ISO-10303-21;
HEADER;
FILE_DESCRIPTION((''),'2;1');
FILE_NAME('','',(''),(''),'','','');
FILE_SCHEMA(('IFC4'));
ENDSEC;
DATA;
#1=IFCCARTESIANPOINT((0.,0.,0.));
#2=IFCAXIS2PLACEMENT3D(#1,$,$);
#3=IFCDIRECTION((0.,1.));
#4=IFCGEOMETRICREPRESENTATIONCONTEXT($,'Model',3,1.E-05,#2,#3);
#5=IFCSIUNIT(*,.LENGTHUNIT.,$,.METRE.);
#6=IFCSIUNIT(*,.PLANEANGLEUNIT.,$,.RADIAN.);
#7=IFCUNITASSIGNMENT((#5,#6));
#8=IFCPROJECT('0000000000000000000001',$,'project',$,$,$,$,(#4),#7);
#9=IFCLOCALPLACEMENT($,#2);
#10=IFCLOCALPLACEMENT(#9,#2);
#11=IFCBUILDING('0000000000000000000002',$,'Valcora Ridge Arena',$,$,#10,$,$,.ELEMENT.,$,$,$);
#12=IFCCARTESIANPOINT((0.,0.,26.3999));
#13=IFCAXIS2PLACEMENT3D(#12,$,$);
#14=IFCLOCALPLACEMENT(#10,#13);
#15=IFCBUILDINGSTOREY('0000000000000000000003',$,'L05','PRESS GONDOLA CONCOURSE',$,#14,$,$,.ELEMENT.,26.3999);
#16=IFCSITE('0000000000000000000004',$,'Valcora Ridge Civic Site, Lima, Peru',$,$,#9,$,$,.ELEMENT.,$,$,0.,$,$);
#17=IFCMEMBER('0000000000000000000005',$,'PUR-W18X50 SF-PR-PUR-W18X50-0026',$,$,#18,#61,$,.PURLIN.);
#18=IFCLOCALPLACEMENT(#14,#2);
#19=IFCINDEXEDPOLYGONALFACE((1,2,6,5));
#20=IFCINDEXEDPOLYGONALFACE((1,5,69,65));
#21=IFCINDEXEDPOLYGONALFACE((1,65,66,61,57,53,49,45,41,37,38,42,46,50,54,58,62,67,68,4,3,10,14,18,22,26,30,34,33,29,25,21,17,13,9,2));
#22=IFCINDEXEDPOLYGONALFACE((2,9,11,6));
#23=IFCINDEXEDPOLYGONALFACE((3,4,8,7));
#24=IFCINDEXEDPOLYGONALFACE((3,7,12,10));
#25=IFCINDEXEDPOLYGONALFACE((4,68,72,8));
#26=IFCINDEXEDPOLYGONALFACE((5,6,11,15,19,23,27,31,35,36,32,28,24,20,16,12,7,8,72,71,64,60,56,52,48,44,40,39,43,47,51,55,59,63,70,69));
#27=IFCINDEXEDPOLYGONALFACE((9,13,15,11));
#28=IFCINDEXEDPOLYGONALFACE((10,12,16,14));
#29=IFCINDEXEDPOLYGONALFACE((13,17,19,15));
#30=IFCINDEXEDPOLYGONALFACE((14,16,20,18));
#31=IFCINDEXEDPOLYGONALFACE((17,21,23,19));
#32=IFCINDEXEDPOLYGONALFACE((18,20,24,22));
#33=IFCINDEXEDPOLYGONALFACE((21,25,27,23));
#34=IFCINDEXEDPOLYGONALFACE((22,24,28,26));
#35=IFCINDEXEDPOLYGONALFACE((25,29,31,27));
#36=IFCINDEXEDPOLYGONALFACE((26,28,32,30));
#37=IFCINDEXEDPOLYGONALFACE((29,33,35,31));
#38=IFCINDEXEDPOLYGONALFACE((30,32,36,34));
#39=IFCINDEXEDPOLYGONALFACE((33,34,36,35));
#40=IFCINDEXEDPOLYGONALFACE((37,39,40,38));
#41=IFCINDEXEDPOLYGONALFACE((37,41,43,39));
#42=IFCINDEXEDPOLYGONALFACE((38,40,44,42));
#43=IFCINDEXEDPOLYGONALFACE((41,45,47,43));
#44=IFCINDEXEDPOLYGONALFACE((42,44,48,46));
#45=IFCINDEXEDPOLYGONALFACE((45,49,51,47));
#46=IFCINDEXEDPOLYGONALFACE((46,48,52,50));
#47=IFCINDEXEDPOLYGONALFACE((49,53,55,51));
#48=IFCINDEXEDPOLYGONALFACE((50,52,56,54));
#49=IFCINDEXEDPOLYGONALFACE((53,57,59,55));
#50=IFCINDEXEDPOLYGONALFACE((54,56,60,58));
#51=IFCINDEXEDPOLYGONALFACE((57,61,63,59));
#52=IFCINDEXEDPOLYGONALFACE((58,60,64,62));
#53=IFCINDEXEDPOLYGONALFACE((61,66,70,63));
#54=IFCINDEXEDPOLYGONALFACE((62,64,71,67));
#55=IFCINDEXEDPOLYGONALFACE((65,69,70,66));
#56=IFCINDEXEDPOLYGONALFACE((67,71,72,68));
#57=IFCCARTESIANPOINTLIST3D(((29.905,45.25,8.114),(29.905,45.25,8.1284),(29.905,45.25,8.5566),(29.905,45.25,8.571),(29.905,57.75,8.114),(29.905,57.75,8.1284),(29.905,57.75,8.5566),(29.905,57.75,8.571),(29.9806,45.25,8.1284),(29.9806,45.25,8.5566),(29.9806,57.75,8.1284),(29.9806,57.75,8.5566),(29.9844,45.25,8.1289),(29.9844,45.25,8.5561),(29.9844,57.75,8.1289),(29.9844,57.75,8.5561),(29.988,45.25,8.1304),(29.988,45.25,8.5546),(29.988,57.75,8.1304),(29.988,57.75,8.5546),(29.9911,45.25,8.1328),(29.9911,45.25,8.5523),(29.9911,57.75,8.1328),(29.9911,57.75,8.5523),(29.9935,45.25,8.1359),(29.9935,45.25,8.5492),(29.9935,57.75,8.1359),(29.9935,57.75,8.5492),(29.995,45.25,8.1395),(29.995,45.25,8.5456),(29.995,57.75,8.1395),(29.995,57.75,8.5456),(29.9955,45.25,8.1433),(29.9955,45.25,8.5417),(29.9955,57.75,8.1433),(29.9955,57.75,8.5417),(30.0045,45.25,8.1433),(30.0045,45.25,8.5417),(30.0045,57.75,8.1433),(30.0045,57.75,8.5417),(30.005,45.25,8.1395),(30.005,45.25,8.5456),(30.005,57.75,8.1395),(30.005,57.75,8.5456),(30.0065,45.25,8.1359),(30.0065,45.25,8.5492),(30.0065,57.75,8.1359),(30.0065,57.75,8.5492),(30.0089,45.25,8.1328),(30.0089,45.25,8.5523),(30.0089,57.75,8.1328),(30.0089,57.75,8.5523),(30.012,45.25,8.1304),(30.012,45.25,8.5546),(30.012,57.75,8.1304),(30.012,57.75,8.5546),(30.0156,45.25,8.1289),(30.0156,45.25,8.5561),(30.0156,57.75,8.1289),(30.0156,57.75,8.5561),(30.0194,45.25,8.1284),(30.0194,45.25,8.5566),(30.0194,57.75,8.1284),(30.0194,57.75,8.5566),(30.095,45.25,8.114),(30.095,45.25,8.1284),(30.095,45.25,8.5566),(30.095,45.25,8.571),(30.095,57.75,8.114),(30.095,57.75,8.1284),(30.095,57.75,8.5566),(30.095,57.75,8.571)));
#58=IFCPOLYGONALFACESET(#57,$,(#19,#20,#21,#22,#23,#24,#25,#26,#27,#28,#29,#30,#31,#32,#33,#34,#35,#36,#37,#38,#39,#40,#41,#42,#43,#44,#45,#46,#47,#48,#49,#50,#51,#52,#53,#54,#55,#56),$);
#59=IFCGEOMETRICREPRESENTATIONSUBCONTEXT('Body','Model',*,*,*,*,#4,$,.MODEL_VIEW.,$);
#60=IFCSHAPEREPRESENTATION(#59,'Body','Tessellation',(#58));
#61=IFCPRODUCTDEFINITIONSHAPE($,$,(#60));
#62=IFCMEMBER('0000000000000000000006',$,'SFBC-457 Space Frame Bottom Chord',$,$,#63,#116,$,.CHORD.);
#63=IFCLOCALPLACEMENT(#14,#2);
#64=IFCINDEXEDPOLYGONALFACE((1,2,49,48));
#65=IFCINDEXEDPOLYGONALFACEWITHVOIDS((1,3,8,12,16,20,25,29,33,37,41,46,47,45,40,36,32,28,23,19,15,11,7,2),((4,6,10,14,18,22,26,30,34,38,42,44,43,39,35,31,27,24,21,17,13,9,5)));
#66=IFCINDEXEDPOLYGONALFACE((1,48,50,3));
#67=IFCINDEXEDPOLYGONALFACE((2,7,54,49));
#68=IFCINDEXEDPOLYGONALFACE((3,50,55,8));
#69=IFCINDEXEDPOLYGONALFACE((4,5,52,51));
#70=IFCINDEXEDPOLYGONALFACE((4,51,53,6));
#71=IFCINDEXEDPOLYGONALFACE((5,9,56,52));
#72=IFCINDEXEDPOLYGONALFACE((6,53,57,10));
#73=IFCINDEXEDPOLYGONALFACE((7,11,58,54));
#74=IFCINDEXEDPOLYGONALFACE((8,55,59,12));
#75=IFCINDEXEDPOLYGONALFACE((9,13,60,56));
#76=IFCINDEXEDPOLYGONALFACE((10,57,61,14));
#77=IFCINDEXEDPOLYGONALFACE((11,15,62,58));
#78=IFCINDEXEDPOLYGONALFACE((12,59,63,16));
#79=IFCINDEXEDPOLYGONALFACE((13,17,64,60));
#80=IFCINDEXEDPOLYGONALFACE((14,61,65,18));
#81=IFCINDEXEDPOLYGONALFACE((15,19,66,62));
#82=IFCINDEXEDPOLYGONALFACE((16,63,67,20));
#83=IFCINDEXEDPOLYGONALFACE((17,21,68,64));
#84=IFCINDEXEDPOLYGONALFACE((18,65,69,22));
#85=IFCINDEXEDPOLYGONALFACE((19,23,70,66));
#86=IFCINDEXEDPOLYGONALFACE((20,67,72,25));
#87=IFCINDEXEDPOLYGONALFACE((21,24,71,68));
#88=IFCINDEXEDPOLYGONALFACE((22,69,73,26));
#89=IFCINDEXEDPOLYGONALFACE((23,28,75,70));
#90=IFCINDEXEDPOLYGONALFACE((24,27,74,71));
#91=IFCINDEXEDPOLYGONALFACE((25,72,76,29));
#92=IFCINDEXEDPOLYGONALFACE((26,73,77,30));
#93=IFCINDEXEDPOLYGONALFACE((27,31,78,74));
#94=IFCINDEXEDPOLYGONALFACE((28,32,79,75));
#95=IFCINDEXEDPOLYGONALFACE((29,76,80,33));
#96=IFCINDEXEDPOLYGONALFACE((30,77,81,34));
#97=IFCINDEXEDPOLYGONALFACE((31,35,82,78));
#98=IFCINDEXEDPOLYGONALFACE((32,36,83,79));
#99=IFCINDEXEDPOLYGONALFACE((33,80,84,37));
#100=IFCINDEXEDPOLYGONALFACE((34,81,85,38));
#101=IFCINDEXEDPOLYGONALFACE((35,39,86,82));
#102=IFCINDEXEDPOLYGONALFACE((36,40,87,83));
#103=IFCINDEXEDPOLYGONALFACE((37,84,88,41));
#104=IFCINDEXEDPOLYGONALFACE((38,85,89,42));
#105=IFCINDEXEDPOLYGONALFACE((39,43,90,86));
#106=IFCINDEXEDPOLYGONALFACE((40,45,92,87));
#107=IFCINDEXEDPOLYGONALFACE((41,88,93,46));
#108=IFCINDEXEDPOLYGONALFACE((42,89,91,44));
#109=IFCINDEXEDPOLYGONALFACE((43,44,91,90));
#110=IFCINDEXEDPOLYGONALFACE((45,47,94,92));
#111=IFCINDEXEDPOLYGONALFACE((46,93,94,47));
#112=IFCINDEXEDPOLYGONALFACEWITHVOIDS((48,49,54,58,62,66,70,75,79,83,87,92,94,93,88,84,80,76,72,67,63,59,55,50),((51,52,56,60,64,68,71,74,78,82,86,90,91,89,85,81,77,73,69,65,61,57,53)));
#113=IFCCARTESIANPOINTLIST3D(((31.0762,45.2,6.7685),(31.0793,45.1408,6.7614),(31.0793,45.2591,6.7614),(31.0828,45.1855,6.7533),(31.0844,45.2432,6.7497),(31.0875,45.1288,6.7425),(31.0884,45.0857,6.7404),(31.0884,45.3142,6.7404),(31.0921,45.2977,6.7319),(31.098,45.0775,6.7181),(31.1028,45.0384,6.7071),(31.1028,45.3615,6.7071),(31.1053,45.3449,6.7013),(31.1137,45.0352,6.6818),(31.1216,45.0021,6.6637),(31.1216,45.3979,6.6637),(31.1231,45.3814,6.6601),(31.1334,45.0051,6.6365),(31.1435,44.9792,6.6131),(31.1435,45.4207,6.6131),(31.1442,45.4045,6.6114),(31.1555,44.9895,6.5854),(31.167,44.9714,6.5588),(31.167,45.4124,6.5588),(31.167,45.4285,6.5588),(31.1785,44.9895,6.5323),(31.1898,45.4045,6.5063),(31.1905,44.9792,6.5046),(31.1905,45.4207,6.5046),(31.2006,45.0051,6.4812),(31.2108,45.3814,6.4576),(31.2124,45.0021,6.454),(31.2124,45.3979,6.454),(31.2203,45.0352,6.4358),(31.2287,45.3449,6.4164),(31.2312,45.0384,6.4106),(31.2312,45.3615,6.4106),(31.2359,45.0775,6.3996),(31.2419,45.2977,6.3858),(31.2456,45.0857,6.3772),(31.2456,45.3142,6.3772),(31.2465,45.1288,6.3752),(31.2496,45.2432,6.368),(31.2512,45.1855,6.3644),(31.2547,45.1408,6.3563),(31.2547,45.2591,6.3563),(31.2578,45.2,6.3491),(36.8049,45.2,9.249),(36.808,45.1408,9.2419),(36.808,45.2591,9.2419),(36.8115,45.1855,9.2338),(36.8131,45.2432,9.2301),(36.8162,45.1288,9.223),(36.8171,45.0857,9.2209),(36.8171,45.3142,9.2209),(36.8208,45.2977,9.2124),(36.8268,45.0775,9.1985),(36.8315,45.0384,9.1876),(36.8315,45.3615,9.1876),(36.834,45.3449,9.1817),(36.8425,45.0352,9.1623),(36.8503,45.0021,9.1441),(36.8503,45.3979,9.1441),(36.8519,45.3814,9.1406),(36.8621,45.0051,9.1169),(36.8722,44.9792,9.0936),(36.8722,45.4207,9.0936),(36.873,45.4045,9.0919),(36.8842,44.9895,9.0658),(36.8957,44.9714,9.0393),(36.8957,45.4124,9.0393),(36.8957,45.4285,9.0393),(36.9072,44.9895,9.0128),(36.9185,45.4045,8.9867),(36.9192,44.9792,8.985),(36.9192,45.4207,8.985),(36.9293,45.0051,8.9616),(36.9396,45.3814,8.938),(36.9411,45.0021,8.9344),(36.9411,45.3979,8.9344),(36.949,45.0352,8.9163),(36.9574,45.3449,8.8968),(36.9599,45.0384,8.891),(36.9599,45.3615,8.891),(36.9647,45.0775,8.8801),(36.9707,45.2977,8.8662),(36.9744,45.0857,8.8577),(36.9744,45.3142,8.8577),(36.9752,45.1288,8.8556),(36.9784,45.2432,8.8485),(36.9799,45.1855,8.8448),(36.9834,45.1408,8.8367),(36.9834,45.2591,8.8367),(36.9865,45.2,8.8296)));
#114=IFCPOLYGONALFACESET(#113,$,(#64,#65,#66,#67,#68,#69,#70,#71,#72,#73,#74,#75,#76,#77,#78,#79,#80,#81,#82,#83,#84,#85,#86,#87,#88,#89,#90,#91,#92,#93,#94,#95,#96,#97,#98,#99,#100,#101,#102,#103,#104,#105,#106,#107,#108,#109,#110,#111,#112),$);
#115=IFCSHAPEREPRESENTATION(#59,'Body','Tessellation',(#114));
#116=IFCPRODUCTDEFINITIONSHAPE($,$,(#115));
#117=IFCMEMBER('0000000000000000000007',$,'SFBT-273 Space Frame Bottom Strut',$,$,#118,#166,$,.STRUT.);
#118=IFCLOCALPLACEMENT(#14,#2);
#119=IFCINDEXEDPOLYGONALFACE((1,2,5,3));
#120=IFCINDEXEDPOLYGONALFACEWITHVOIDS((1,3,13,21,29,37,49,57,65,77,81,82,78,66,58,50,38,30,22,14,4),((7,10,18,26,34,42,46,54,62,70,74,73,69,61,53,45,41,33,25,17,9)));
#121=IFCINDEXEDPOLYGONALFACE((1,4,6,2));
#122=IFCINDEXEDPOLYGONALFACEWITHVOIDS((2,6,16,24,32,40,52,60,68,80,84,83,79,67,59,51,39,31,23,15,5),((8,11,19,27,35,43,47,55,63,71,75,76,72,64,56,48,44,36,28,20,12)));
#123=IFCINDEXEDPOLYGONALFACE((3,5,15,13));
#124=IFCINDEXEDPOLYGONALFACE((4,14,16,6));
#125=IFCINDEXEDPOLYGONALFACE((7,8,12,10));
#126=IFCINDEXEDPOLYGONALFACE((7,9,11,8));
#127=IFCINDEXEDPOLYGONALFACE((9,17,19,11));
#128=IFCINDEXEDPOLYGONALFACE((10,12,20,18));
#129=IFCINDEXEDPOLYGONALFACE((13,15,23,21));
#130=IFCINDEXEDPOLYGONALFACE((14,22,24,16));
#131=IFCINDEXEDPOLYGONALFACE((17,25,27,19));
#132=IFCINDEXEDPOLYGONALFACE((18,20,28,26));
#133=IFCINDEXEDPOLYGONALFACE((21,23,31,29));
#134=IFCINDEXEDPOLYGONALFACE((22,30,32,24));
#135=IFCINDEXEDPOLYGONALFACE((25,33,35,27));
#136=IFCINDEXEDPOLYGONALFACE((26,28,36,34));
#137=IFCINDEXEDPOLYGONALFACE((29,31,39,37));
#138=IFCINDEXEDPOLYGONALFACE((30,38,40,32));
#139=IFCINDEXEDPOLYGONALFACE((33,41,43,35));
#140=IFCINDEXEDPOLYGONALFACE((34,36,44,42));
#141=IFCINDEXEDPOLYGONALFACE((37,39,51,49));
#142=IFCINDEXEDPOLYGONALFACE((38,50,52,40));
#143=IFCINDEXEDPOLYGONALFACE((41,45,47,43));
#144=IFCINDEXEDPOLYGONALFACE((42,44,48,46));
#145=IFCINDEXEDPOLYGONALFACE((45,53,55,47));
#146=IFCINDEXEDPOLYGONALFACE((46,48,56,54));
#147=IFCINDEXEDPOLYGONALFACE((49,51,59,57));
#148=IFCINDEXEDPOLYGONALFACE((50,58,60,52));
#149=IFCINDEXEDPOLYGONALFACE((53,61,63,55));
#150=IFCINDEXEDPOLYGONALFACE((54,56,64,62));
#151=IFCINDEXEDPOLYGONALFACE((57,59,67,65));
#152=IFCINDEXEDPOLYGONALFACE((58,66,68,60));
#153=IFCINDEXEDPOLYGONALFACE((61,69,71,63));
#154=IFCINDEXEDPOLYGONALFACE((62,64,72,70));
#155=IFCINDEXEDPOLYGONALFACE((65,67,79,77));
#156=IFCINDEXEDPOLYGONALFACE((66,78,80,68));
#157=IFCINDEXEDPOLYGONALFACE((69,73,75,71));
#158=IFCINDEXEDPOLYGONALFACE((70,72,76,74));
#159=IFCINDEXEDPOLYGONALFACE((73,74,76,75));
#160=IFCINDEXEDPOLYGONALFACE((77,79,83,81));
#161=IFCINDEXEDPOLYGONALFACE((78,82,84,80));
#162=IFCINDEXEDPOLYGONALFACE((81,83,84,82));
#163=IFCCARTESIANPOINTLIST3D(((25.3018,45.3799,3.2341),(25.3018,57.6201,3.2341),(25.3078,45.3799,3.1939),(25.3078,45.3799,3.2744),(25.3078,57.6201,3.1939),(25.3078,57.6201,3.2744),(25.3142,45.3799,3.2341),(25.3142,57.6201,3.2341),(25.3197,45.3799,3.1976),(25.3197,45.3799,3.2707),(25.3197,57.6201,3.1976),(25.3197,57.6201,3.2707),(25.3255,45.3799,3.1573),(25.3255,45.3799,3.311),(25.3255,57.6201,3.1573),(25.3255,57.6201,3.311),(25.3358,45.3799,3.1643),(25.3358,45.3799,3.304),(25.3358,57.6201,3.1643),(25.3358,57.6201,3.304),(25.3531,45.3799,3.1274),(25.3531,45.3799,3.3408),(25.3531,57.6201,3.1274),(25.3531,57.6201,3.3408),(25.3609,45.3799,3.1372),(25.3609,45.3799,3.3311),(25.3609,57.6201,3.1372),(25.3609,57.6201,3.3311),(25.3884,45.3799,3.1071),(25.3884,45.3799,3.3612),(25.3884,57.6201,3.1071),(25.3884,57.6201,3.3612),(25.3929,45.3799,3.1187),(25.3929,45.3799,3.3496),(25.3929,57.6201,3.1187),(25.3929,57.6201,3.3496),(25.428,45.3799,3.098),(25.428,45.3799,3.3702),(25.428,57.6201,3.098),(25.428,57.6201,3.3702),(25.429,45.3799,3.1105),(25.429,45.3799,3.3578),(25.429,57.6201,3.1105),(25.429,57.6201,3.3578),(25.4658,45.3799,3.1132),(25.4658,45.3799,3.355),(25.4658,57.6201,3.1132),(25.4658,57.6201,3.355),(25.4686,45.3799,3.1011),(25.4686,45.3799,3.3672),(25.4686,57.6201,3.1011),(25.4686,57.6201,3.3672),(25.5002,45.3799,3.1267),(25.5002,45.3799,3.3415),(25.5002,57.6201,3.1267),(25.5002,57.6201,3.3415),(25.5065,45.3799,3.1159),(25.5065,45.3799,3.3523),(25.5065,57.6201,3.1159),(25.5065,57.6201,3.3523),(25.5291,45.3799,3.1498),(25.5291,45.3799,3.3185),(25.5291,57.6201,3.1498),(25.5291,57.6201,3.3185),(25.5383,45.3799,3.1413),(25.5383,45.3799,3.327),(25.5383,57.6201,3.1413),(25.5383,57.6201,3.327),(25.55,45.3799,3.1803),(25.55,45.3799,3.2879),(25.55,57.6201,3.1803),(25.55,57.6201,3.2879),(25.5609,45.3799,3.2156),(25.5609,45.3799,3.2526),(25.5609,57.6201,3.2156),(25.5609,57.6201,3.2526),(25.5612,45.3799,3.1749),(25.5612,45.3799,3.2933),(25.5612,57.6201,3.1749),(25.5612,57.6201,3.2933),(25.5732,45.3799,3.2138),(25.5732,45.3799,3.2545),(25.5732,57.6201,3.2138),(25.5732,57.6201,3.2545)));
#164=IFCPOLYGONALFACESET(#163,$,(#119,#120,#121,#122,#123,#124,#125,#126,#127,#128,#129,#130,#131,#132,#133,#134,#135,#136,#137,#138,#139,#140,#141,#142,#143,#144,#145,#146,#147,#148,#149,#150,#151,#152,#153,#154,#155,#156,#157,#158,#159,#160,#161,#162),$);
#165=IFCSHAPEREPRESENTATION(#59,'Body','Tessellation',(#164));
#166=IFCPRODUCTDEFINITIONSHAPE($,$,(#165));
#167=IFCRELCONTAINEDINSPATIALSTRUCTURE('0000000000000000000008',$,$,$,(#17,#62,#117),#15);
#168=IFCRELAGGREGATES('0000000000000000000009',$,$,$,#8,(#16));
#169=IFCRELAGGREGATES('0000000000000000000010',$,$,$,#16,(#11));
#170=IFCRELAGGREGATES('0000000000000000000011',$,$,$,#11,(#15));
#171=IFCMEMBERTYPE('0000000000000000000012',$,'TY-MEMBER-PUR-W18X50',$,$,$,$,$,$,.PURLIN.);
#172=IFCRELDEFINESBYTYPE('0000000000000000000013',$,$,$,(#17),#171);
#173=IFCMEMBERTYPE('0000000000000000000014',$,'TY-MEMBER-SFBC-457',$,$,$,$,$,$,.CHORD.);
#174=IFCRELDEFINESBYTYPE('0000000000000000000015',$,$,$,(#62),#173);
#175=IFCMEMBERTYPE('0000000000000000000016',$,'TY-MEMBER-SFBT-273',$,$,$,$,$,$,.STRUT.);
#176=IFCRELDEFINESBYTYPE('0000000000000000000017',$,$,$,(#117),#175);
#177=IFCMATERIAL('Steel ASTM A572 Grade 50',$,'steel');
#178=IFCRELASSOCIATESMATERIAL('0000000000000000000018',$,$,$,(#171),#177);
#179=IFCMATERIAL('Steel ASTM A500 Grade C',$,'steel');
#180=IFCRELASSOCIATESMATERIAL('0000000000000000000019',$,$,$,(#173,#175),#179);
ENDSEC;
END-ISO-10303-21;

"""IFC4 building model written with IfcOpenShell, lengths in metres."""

from ifc_helpers import new_model, si_unit, direction, frame, origin, origin_2d, place, context, subcontext, project, spatial, hollow_circle, i_section, extrude, material, material_profile, profile_set, type_object, element, save


model = new_model("IFC4")

# Units and contexts
model_context = context("Model", 3, precision=1e-05, world=origin(), true_north=direction((0.0, 1.0)))
body_context = subcontext(model_context, "Body", "Model", "MODEL_VIEW")
ifc_project = project(units=[si_unit("LENGTHUNIT", "METRE"), si_unit("PLANEANGLEUNIT", "RADIAN")], contexts=[model_context])

# Site, building, storey
site_placement = place(None, origin())
site = spatial("IfcSite", under=ifc_project, at=site_placement, Name="Valcora Ridge Civic Site, Lima, Peru", CompositionType="ELEMENT", RefElevation=0.0)
building_placement = place(site_placement, origin())
building = spatial("IfcBuilding", under=site, at=building_placement, Name="Valcora Ridge Arena", CompositionType="ELEMENT")
storey_placement = place(building_placement, frame((0.0, 0.0, 26.3999)))
storey = spatial("IfcBuildingStorey", under=building, at=storey_placement, Name="L05", Description="PRESS GONDOLA CONCOURSE", CompositionType="ELEMENT", Elevation=26.3999)

# Members
ifc_material_1 = material(Name="Steel ASTM A572 Grade 50", Category="steel")
ifc_material_profile_1 = material_profile(ifc_material_1, i_section(OverallWidth=0.1899, OverallDepth=0.457, WebThickness=0.009, FlangeThickness=0.0144, FilletRadius=0.0149, at=origin_2d()), Name="W18X50")
ifc_profile_set_1 = profile_set([ifc_material_profile_1], Name="Steel ASTM A572 Grade 50")
member_type_1 = type_object("IfcMemberType", Name="TY-MEMBER-PUR-W18X50", PredefinedType="PURLIN", material=ifc_profile_set_1)
member_1_placement = place(storey_placement, frame((30.0, 45.25, 8.3425), z_axis=(0.0, 1.0, 0.0), x_axis=(-1.0, 0.0, 0.0)))
element("IfcMember", 1, at=member_1_placement, inside=storey, type_object=member_type_1, Name="PUR-W18X50 SF-PR-PUR-W18X50-0026", PredefinedType="PURLIN", context=body_context, shape_type="SweptSolid", body=[
    extrude(i_section(OverallWidth=0.1899, OverallDepth=0.457, WebThickness=0.009, FlangeThickness=0.0144, FilletRadius=0.0149, at=origin_2d()), origin(), (0.0, 0.0, 1.0), 12.5),
])
ifc_material_2 = material(Name="Steel ASTM A500 Grade C", Category="steel")
ifc_material_profile_2 = material_profile(ifc_material_2, hollow_circle(Radius=0.2285, WallThickness=0.0161, at=origin_2d()), Name="CHS457X16")
ifc_profile_set_2 = profile_set([ifc_material_profile_2], Name="Steel ASTM A500 Grade C")
member_type_2 = type_object("IfcMemberType", Name="TY-MEMBER-SFBC-457", PredefinedType="CHORD", material=ifc_profile_set_2)
member_2_placement = place(storey_placement, frame((31.167, 45.2, 6.5588), z_axis=(0.917672, 0.0, 0.397339), x_axis=(0.0, 1.0, 0.0)))
element("IfcMember", 2, at=member_2_placement, inside=storey, type_object=member_type_2, Name="SFBC-457 Space Frame Bottom Chord", PredefinedType="CHORD", context=body_context, shape_type="SweptSolid", body=[
    extrude(hollow_circle(Radius=0.2285, WallThickness=0.0161, at=origin_2d()), origin(), (0.0, 0.0, 1.0), 6.2427),
])
ifc_material_profile_3 = material_profile(ifc_material_2, hollow_circle(Radius=0.1365, WallThickness=0.0125, at=origin_2d()), Name="CHS273X12")
ifc_profile_set_3 = profile_set([ifc_material_profile_3], Name="Steel ASTM A500 Grade C")
member_type_3 = type_object("IfcMemberType", Name="TY-MEMBER-SFBT-273", PredefinedType="STRUT", material=ifc_profile_set_3)
for number, where, z_axis, x_axis, name in (
    (3, (25.4382, 45.3799, 3.2341), (0.0, 1.0, 0.0), (-1.0, 0.0, 0.0), "SFBT-273 Space Frame Bottom Strut"),
):
    element("IfcMember", number, at=place(storey_placement, frame(where, z_axis=z_axis, x_axis=x_axis)), inside=storey, type_object=member_type_3, Name=name, PredefinedType="STRUT", context=body_context, shape_type="SweptSolid", body=[
        extrude(hollow_circle(Radius=0.1365, WallThickness=0.0125, at=origin_2d()), origin(), (0.0, 0.0, 1.0), 12.2402),
    ])

save(model, "model.ifc")
